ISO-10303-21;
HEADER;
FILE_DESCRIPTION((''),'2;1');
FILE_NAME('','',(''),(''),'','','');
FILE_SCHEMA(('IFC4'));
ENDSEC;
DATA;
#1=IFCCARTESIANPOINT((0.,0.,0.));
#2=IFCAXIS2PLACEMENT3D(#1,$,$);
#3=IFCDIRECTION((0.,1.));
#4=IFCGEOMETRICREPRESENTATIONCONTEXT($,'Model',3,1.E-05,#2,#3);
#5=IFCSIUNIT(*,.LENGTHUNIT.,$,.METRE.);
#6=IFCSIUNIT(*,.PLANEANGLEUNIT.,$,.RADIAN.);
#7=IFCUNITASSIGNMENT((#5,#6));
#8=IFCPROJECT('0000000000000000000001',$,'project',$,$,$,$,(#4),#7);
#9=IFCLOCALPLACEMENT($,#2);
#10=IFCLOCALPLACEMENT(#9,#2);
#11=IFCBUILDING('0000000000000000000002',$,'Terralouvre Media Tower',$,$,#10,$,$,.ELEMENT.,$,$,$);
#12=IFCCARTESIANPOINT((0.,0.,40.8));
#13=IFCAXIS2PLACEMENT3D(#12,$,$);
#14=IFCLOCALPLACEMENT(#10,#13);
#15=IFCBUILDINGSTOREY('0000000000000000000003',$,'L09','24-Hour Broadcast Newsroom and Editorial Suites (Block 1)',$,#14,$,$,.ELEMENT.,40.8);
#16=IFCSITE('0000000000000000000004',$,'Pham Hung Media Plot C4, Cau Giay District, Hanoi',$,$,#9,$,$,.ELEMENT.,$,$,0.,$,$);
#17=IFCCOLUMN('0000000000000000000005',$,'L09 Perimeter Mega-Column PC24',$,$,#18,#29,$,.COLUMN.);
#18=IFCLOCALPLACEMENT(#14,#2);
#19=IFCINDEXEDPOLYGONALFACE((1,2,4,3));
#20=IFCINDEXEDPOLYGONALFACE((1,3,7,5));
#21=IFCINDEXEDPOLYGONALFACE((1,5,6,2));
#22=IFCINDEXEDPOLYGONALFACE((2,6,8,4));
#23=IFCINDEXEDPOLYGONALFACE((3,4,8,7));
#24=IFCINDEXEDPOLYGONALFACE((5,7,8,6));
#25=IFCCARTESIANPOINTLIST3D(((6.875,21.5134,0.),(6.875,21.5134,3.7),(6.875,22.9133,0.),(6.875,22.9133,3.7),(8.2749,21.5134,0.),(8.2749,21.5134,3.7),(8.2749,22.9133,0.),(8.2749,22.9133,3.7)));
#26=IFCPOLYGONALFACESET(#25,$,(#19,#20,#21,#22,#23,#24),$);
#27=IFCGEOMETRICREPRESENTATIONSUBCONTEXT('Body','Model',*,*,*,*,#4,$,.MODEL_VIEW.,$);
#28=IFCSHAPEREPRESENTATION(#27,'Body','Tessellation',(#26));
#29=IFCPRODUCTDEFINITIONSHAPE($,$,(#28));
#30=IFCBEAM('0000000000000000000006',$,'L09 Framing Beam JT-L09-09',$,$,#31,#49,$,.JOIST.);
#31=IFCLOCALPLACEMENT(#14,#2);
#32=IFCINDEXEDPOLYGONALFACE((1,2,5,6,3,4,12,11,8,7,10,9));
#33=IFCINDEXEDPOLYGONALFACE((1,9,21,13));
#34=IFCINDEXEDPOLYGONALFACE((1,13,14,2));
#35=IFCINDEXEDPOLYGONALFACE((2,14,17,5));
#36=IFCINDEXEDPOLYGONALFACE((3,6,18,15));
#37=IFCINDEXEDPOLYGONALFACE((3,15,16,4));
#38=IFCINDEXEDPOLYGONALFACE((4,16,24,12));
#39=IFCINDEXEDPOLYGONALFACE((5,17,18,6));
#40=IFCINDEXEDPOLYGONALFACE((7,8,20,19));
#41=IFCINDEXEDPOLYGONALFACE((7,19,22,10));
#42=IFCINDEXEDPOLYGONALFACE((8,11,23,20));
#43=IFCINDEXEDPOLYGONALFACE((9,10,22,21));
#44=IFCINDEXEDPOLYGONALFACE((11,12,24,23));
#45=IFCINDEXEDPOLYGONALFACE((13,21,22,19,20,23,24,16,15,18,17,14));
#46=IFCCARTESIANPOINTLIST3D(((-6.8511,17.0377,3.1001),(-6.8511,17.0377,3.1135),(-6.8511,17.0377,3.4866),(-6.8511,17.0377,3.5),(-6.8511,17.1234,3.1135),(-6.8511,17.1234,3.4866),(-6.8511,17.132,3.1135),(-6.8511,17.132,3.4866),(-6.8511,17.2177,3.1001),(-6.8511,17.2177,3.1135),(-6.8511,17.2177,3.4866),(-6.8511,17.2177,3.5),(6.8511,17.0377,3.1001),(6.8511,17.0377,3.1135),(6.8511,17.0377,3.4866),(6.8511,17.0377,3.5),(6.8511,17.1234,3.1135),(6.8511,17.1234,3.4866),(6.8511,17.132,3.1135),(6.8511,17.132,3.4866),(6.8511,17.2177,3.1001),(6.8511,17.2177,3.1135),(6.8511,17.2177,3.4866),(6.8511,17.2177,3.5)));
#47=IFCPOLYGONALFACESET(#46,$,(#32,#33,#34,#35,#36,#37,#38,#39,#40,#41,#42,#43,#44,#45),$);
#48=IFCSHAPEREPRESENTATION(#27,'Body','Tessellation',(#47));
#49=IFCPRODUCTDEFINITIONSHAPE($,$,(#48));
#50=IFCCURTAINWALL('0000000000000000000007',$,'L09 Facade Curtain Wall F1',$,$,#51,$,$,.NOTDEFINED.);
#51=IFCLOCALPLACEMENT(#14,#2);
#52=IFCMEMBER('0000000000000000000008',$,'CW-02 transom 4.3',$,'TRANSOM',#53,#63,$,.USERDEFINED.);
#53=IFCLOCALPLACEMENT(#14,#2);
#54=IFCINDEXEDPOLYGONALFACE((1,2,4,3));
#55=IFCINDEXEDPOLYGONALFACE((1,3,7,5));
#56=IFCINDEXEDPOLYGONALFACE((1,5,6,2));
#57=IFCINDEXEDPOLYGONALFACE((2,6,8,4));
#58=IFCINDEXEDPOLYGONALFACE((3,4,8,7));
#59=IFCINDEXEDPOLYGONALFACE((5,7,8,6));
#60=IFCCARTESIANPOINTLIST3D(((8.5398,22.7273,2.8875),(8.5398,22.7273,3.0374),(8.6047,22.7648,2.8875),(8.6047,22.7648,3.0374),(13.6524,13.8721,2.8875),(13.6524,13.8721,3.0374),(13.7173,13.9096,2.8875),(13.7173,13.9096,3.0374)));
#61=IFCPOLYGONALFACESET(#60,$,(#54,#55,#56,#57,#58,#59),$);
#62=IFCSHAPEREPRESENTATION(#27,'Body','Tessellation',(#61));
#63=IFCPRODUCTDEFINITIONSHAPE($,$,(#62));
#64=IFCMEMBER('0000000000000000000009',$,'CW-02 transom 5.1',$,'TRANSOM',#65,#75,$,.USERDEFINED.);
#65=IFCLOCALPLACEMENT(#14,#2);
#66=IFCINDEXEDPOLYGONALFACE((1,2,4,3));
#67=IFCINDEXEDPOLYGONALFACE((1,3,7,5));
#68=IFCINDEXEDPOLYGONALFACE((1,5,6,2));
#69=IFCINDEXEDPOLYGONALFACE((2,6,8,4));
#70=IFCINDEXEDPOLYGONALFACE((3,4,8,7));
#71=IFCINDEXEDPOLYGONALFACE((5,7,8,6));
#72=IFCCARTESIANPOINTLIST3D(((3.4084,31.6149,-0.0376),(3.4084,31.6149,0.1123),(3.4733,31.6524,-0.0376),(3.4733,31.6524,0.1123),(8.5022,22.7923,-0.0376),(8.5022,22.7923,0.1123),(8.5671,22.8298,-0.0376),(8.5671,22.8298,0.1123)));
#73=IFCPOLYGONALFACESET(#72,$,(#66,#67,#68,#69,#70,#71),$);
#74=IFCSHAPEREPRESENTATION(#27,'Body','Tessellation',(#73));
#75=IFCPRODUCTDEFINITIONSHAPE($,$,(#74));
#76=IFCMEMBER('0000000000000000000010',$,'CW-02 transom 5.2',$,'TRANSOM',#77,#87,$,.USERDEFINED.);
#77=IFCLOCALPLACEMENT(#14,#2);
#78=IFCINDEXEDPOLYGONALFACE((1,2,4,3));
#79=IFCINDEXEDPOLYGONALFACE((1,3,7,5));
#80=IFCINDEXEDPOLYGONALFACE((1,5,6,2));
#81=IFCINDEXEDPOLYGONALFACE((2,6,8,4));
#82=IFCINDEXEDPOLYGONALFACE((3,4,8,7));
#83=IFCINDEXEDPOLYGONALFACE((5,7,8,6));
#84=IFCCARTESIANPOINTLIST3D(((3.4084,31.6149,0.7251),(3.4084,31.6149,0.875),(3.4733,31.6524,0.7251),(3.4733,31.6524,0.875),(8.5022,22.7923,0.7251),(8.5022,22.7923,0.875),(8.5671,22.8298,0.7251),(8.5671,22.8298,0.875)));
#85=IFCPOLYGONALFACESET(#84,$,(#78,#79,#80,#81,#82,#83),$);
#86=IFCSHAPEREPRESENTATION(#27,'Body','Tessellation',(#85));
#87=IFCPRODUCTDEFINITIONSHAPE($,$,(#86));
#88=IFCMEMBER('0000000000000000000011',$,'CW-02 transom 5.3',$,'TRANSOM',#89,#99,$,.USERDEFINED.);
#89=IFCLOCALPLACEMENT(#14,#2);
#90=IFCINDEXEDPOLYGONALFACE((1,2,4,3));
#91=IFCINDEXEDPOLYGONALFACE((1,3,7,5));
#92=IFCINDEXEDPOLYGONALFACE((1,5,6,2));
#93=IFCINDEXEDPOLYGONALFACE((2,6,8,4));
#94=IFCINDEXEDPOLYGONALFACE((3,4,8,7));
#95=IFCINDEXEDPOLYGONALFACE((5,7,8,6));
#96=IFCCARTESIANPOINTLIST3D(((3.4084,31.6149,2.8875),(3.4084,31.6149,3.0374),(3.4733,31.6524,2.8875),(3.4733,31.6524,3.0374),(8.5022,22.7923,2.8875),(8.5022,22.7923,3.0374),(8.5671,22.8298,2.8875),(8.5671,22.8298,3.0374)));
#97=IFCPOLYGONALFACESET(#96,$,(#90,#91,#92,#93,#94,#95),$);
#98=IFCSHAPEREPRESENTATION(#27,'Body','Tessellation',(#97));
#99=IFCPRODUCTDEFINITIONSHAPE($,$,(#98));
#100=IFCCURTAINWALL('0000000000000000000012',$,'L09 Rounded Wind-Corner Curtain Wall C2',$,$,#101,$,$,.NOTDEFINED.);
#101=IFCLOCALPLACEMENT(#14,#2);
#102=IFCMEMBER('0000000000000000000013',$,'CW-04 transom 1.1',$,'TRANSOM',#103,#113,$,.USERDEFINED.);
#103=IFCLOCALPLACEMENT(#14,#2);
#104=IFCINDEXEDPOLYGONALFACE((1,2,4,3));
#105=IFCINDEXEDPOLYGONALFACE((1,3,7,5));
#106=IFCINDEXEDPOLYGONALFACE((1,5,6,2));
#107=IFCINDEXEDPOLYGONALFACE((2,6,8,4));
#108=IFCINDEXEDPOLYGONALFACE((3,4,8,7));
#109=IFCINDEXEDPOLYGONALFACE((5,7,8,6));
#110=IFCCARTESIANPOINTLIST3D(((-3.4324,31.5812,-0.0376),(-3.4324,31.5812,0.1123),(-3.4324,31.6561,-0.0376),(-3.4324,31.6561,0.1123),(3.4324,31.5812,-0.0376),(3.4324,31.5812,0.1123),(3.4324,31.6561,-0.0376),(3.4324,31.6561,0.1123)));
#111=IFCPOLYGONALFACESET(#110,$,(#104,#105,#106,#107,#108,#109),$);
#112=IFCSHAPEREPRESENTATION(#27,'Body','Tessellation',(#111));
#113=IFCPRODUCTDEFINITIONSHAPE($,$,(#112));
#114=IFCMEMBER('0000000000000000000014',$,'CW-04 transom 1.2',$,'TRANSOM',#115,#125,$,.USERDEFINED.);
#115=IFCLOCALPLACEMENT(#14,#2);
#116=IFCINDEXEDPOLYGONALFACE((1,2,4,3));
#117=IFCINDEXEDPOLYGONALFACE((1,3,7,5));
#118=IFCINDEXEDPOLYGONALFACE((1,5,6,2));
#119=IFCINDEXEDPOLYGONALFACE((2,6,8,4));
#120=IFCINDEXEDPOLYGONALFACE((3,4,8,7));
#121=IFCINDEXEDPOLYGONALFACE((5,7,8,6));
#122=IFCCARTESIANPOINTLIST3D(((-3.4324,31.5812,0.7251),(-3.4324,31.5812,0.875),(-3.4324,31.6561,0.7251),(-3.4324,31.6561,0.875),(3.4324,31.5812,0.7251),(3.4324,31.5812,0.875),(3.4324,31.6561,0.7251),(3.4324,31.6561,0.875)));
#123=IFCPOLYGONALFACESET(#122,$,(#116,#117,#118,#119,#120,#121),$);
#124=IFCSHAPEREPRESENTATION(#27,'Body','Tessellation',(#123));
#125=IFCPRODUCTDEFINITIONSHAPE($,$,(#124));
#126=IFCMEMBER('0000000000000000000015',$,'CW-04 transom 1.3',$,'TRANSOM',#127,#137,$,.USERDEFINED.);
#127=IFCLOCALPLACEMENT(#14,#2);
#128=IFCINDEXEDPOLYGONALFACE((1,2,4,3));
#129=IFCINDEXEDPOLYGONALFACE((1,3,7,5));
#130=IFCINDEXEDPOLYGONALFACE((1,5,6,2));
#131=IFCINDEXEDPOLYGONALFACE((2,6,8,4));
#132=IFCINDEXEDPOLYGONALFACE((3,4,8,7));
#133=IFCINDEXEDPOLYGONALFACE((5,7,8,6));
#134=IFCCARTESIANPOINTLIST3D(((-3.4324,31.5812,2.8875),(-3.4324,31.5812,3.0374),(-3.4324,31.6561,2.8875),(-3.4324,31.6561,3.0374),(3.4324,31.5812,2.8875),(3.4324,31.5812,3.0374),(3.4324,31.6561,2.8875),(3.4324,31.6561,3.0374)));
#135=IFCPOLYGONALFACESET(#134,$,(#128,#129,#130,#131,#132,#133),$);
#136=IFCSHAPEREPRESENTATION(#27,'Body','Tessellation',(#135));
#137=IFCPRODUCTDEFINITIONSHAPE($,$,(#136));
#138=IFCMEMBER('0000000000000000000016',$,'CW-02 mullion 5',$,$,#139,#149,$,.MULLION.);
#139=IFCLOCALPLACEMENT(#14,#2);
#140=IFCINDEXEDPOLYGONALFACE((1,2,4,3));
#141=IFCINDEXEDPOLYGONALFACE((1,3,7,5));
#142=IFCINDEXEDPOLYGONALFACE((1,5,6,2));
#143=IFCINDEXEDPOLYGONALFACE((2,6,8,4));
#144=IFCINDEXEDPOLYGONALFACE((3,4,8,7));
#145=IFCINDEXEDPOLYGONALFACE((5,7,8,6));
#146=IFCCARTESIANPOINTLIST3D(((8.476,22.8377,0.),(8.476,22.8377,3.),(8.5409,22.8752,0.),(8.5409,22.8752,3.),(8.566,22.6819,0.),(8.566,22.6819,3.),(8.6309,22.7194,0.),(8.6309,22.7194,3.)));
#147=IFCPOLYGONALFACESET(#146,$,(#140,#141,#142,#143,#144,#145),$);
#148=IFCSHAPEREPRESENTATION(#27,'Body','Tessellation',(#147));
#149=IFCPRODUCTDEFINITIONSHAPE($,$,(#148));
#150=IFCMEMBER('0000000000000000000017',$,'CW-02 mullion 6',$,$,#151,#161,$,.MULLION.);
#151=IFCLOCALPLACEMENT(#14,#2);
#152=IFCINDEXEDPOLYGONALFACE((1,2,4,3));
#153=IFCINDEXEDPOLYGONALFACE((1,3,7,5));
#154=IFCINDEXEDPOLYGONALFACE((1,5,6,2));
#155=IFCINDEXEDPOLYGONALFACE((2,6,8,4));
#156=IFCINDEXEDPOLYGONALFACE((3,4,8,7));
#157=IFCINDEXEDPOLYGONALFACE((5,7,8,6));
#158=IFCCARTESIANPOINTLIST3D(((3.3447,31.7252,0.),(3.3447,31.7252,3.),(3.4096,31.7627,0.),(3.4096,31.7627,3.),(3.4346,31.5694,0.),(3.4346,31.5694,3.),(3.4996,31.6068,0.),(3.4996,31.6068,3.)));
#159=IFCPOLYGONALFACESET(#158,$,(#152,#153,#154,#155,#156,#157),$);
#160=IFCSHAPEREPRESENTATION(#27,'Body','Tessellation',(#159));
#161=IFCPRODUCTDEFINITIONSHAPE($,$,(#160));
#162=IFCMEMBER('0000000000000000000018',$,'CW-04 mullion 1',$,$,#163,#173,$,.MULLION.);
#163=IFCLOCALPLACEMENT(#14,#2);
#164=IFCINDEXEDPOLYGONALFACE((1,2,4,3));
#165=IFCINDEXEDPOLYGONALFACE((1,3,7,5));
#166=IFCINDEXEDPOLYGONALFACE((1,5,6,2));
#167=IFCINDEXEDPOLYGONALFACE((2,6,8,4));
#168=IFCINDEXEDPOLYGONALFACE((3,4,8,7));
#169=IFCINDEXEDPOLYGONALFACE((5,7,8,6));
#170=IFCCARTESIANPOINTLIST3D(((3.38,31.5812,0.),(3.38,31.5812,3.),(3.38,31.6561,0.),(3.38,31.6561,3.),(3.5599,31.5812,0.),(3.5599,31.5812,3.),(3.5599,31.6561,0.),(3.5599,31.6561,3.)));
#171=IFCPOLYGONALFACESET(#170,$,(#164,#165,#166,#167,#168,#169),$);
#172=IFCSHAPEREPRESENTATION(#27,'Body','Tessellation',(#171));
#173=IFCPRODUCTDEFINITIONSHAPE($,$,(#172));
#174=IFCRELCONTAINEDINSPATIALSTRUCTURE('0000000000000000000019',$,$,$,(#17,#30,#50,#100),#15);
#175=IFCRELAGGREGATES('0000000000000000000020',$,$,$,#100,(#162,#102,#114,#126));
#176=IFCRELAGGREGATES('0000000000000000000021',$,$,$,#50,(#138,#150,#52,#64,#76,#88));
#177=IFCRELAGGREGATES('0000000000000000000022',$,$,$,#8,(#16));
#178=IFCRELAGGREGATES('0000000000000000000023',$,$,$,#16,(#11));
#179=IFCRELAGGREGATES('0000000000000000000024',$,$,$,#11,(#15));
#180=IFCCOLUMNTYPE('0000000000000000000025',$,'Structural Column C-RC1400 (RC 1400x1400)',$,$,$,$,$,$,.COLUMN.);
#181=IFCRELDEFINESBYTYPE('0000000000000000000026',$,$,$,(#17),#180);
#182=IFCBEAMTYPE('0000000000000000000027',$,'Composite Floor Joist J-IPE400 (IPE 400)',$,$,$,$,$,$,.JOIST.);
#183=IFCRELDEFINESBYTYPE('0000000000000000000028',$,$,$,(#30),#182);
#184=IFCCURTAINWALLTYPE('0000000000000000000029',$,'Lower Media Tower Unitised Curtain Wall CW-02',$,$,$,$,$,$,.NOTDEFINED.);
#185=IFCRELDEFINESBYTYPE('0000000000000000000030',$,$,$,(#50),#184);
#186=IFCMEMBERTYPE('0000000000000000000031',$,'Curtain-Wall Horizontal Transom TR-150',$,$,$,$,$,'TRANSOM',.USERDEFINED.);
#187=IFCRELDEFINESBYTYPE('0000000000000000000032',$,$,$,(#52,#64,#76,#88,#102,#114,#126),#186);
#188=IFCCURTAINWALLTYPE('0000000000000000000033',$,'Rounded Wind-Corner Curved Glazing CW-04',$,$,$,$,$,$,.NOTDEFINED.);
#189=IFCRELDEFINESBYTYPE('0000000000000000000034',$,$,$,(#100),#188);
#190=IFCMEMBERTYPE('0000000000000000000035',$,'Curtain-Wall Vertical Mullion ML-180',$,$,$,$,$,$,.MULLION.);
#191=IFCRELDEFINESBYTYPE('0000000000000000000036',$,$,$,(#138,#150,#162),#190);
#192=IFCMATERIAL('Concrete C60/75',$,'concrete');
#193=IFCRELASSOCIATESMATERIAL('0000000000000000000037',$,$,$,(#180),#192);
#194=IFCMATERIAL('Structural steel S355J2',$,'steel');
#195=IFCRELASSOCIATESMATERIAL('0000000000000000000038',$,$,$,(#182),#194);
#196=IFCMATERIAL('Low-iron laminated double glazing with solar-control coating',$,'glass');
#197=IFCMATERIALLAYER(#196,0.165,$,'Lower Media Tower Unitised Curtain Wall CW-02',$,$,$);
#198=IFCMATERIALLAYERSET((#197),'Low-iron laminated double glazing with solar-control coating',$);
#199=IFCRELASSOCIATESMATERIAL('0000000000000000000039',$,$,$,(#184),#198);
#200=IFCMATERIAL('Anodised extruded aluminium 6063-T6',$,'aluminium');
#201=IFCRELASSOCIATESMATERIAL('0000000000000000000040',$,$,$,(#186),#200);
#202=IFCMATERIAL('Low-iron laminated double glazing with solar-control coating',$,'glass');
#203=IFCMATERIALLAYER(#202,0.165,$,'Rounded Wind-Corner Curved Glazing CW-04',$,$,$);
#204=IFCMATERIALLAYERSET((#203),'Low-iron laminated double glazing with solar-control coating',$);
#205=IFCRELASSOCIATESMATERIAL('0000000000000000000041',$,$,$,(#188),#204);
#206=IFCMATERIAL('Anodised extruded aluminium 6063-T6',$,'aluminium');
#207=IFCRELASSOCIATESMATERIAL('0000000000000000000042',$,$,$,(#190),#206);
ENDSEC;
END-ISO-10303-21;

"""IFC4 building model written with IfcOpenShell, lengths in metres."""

from ifc_helpers import new_model, si_unit, direction, frame, origin, origin_2d, place, context, subcontext, project, spatial, rectangle, i_section, extrude, material, layer, layer_set, material_profile, profile_set, type_object, element, aggregate, save


model = new_model("IFC4")

# Units and contexts
model_context = context("Model", 3, precision=1e-05, world=origin(), true_north=direction((0.0, 1.0)))
body_context = subcontext(model_context, "Body", "Model", "MODEL_VIEW")
ifc_project = project(units=[si_unit("LENGTHUNIT", "METRE"), si_unit("PLANEANGLEUNIT", "RADIAN")], contexts=[model_context])

# Site, building, storey
site_placement = place(None, origin())
site = spatial("IfcSite", under=ifc_project, at=site_placement, Name="Pham Hung Media Plot C4, Cau Giay District, Hanoi", CompositionType="ELEMENT", RefElevation=0.0)
building_placement = place(site_placement, origin())
building = spatial("IfcBuilding", under=site, at=building_placement, Name="Terralouvre Media Tower", CompositionType="ELEMENT")
storey_placement = place(building_placement, frame((0.0, 0.0, 40.8)))
storey = spatial("IfcBuildingStorey", under=building, at=storey_placement, Name="L09", Description="24-Hour Broadcast Newsroom and Editorial Suites (Block 1)", CompositionType="ELEMENT", Elevation=40.8)

# Column
ifc_material_1 = material(Name="Concrete C60/75", Category="concrete")
ifc_material_profile_1 = material_profile(ifc_material_1, rectangle(XDim=1.3999, YDim=1.3999, at=origin_2d()), Name="RC 1400x1400")
ifc_profile_set_1 = profile_set([ifc_material_profile_1], Name="Concrete C60/75")
column_type = type_object("IfcColumnType", Name="Structural Column C-RC1400 (RC 1400x1400)", PredefinedType="COLUMN", material=ifc_profile_set_1)
column_placement = place(storey_placement, frame((7.575, 22.2134, 0.0), z_axis=(0.0, 0.0, 1.0), x_axis=(1.0, 0.0, 0.0)))
element("IfcColumn", 1, at=column_placement, inside=storey, type_object=column_type, Name="L09 Perimeter Mega-Column PC24", PredefinedType="COLUMN", context=body_context, shape_type="SweptSolid", body=[
    extrude(rectangle(XDim=1.3999, YDim=1.3999, at=origin_2d()), origin(), (0.0, 0.0, 1.0), 3.7),
])

# Beam
ifc_material_2 = material(Name="Structural steel S355J2", Category="steel")
ifc_material_profile_2 = material_profile(ifc_material_2, i_section(OverallWidth=0.1799, OverallDepth=0.3999, WebThickness=0.0085, FlangeThickness=0.0134, at=origin_2d()), Name="IPE 400")
ifc_profile_set_2 = profile_set([ifc_material_profile_2], Name="Structural steel S355J2")
beam_type_1 = type_object("IfcBeamType", Name="Composite Floor Joist J-IPE400 (IPE 400)", PredefinedType="JOIST", material=ifc_profile_set_2)
beam_1_placement = place(storey_placement, frame((6.8511, 17.1277, 3.3), z_axis=(-1.0, 0.0, 0.0), x_axis=(0.0, -1.0, 0.0)))
element("IfcBeam", 2, at=beam_1_placement, inside=storey, type_object=beam_type_1, Name="L09 Framing Beam JT-L09-09", PredefinedType="JOIST", context=body_context, shape_type="SweptSolid", body=[
    extrude(i_section(OverallWidth=0.1799, OverallDepth=0.3999, WebThickness=0.0085, FlangeThickness=0.0134, at=origin_2d()), origin(), (0.0, 0.0, 1.0), 13.7021),
])

# Curtain walls, members
ifc_material_3 = material(Name="Low-iron laminated double glazing with solar-control coating", Category="glass")
ifc_layer_1 = layer(ifc_material_3, 0.165, Name="Lower Media Tower Unitised Curtain Wall CW-02")
ifc_layer_set_1 = layer_set([ifc_layer_1], Name="Low-iron laminated double glazing with solar-control coating")
curtain_wall_type_1 = type_object("IfcCurtainWallType", Name="Lower Media Tower Unitised Curtain Wall CW-02", PredefinedType="NOTDEFINED", material=ifc_layer_set_1)
curtain_wall_1_placement = place(storey_placement, origin())
curtain_wall_1 = element("IfcCurtainWall", 3, at=curtain_wall_1_placement, inside=storey, type_object=curtain_wall_type_1, Name="L09 Facade Curtain Wall F1", PredefinedType="NOTDEFINED")
ifc_material_4 = material(Name="Anodised extruded aluminium 6063-T6", Category="aluminium")
ifc_material_profile_3 = material_profile(ifc_material_4, rectangle(XDim=0.075, YDim=0.1499, at=origin_2d()), Name="ALU 75x150")
ifc_profile_set_3 = profile_set([ifc_material_profile_3], Name="Anodised extruded aluminium 6063-T6")
member_type_1 = type_object("IfcMemberType", Name="Curtain-Wall Horizontal Transom TR-150", ElementType="TRANSOM", PredefinedType="USERDEFINED", material=ifc_profile_set_3)
member_1_placement = place(storey_placement, frame((13.6848, 13.8909, 2.9624), z_axis=(-0.499999, 0.866026, 0.0), x_axis=(-0.866026, -0.499999, 0.0)))
member_1 = element("IfcMember", 4, at=member_1_placement, type_object=member_type_1, Name="CW-02 transom 4.3", ObjectType="TRANSOM", PredefinedType="USERDEFINED", context=body_context, shape_type="SweptSolid", body=[
    extrude(rectangle(XDim=0.075, YDim=0.1499, at=origin_2d()), origin(), (0.0, 0.0, 1.0), 10.2251),
])
member_2_placement = place(storey_placement, frame((8.5347, 22.811, 0.0374), z_axis=(-0.500005, 0.866022, 0.0), x_axis=(-0.866022, -0.500005, 0.0)))
member_2 = element("IfcMember", 5, at=member_2_placement, type_object=member_type_1, Name="CW-02 transom 5.1", ObjectType="TRANSOM", PredefinedType="USERDEFINED", context=body_context, shape_type="SweptSolid", body=[
    extrude(rectangle(XDim=0.075, YDim=0.1499, at=origin_2d()), origin(), (0.0, 0.0, 1.0), 10.1875),
])
member_3_placement = place(storey_placement, frame((8.5347, 22.811, 0.8), z_axis=(-0.500005, 0.866022, 0.0), x_axis=(-0.866022, -0.500005, 0.0)))
member_3 = element("IfcMember", 6, at=member_3_placement, type_object=member_type_1, Name="CW-02 transom 5.2", ObjectType="TRANSOM", PredefinedType="USERDEFINED", context=body_context, shape_type="SweptSolid", body=[
    extrude(rectangle(XDim=0.075, YDim=0.1499, at=origin_2d()), origin(), (0.0, 0.0, 1.0), 10.1875),
])
member_4_placement = place(storey_placement, frame((8.5347, 22.811, 2.9624), z_axis=(-0.500005, 0.866022, 0.0), x_axis=(-0.866022, -0.500005, 0.0)))
member_4 = element("IfcMember", 7, at=member_4_placement, type_object=member_type_1, Name="CW-02 transom 5.3", ObjectType="TRANSOM", PredefinedType="USERDEFINED", context=body_context, shape_type="SweptSolid", body=[
    extrude(rectangle(XDim=0.075, YDim=0.1499, at=origin_2d()), origin(), (0.0, 0.0, 1.0), 10.1875),
])
ifc_material_5 = material(Name="Low-iron laminated double glazing with solar-control coating", Category="glass")
ifc_layer_2 = layer(ifc_material_5, 0.165, Name="Rounded Wind-Corner Curved Glazing CW-04")
ifc_layer_set_2 = layer_set([ifc_layer_2], Name="Low-iron laminated double glazing with solar-control coating")
curtain_wall_type_2 = type_object("IfcCurtainWallType", Name="Rounded Wind-Corner Curved Glazing CW-04", PredefinedType="NOTDEFINED", material=ifc_layer_set_2)
curtain_wall_2_placement = place(storey_placement, origin())
curtain_wall_2 = element("IfcCurtainWall", 8, at=curtain_wall_2_placement, inside=storey, type_object=curtain_wall_type_2, Name="L09 Rounded Wind-Corner Curtain Wall C2", PredefinedType="NOTDEFINED")
member_5_placement = place(storey_placement, frame((3.4324, 31.6187, 0.0374), z_axis=(-1.0, 0.0, 0.0), x_axis=(0.0, -1.0, 0.0)))
member_5 = element("IfcMember", 9, at=member_5_placement, type_object=member_type_1, Name="CW-04 transom 1.1", ObjectType="TRANSOM", PredefinedType="USERDEFINED", context=body_context, shape_type="SweptSolid", body=[
    extrude(rectangle(XDim=0.075, YDim=0.1499, at=origin_2d()), origin(), (0.0, 0.0, 1.0), 6.8647),
])
member_6_placement = place(storey_placement, frame((3.4324, 31.6187, 0.8), z_axis=(-1.0, 0.0, 0.0), x_axis=(0.0, -1.0, 0.0)))
member_6 = element("IfcMember", 10, at=member_6_placement, type_object=member_type_1, Name="CW-04 transom 1.2", ObjectType="TRANSOM", PredefinedType="USERDEFINED", context=body_context, shape_type="SweptSolid", body=[
    extrude(rectangle(XDim=0.075, YDim=0.1499, at=origin_2d()), origin(), (0.0, 0.0, 1.0), 6.8647),
])
member_7_placement = place(storey_placement, frame((3.4324, 31.6187, 2.9624), z_axis=(-1.0, 0.0, 0.0), x_axis=(0.0, -1.0, 0.0)))
member_7 = element("IfcMember", 11, at=member_7_placement, type_object=member_type_1, Name="CW-04 transom 1.3", ObjectType="TRANSOM", PredefinedType="USERDEFINED", context=body_context, shape_type="SweptSolid", body=[
    extrude(rectangle(XDim=0.075, YDim=0.1499, at=origin_2d()), origin(), (0.0, 0.0, 1.0), 6.8647),
])

# Members
ifc_material_6 = material(Name="Anodised extruded aluminium 6063-T6", Category="aluminium")
ifc_material_profile_4 = material_profile(ifc_material_6, rectangle(XDim=0.075, YDim=0.1799, at=origin_2d()), Name="ALU 75x180")
ifc_profile_set_4 = profile_set([ifc_material_profile_4], Name="Anodised extruded aluminium 6063-T6")
member_type_2 = type_object("IfcMemberType", Name="Curtain-Wall Vertical Mullion ML-180", PredefinedType="MULLION", material=ifc_profile_set_4)
member_8_placement = place(storey_placement, frame((8.5535, 22.7786, 0.0), z_axis=(0.0, 0.0, 1.0), x_axis=(-0.866025, -0.5, 0.0)))
member_8 = element("IfcMember", 12, at=member_8_placement, type_object=member_type_2, Name="CW-02 mullion 5", PredefinedType="MULLION", context=body_context, shape_type="SweptSolid", body=[
    extrude(rectangle(XDim=0.075, YDim=0.1799, at=origin_2d()), origin(), (0.0, 0.0, 1.0), 3.0),
])
member_9_placement = place(storey_placement, frame((3.4221, 31.666, 0.0), z_axis=(0.0, 0.0, 1.0), x_axis=(-0.866025, -0.5, 0.0)))
member_9 = element("IfcMember", 13, at=member_9_placement, type_object=member_type_2, Name="CW-02 mullion 6", PredefinedType="MULLION", context=body_context, shape_type="SweptSolid", body=[
    extrude(rectangle(XDim=0.075, YDim=0.1799, at=origin_2d()), origin(), (0.0, 0.0, 1.0), 3.0),
])
member_10_placement = place(storey_placement, frame((3.47, 31.6187, 0.0), z_axis=(0.0, 0.0, 1.0), x_axis=(0.0, -1.0, 0.0)))
member_10 = element("IfcMember", 14, at=member_10_placement, type_object=member_type_2, Name="CW-04 mullion 1", PredefinedType="MULLION", context=body_context, shape_type="SweptSolid", body=[
    extrude(rectangle(XDim=0.075, YDim=0.1799, at=origin_2d()), origin(), (0.0, 0.0, 1.0), 3.0),
])
aggregate(curtain_wall_2, [member_10, member_5, member_6, member_7])

aggregate(curtain_wall_1, [member_8, member_9, member_1, member_2, member_3, member_4])

save(model, "model.ifc")
